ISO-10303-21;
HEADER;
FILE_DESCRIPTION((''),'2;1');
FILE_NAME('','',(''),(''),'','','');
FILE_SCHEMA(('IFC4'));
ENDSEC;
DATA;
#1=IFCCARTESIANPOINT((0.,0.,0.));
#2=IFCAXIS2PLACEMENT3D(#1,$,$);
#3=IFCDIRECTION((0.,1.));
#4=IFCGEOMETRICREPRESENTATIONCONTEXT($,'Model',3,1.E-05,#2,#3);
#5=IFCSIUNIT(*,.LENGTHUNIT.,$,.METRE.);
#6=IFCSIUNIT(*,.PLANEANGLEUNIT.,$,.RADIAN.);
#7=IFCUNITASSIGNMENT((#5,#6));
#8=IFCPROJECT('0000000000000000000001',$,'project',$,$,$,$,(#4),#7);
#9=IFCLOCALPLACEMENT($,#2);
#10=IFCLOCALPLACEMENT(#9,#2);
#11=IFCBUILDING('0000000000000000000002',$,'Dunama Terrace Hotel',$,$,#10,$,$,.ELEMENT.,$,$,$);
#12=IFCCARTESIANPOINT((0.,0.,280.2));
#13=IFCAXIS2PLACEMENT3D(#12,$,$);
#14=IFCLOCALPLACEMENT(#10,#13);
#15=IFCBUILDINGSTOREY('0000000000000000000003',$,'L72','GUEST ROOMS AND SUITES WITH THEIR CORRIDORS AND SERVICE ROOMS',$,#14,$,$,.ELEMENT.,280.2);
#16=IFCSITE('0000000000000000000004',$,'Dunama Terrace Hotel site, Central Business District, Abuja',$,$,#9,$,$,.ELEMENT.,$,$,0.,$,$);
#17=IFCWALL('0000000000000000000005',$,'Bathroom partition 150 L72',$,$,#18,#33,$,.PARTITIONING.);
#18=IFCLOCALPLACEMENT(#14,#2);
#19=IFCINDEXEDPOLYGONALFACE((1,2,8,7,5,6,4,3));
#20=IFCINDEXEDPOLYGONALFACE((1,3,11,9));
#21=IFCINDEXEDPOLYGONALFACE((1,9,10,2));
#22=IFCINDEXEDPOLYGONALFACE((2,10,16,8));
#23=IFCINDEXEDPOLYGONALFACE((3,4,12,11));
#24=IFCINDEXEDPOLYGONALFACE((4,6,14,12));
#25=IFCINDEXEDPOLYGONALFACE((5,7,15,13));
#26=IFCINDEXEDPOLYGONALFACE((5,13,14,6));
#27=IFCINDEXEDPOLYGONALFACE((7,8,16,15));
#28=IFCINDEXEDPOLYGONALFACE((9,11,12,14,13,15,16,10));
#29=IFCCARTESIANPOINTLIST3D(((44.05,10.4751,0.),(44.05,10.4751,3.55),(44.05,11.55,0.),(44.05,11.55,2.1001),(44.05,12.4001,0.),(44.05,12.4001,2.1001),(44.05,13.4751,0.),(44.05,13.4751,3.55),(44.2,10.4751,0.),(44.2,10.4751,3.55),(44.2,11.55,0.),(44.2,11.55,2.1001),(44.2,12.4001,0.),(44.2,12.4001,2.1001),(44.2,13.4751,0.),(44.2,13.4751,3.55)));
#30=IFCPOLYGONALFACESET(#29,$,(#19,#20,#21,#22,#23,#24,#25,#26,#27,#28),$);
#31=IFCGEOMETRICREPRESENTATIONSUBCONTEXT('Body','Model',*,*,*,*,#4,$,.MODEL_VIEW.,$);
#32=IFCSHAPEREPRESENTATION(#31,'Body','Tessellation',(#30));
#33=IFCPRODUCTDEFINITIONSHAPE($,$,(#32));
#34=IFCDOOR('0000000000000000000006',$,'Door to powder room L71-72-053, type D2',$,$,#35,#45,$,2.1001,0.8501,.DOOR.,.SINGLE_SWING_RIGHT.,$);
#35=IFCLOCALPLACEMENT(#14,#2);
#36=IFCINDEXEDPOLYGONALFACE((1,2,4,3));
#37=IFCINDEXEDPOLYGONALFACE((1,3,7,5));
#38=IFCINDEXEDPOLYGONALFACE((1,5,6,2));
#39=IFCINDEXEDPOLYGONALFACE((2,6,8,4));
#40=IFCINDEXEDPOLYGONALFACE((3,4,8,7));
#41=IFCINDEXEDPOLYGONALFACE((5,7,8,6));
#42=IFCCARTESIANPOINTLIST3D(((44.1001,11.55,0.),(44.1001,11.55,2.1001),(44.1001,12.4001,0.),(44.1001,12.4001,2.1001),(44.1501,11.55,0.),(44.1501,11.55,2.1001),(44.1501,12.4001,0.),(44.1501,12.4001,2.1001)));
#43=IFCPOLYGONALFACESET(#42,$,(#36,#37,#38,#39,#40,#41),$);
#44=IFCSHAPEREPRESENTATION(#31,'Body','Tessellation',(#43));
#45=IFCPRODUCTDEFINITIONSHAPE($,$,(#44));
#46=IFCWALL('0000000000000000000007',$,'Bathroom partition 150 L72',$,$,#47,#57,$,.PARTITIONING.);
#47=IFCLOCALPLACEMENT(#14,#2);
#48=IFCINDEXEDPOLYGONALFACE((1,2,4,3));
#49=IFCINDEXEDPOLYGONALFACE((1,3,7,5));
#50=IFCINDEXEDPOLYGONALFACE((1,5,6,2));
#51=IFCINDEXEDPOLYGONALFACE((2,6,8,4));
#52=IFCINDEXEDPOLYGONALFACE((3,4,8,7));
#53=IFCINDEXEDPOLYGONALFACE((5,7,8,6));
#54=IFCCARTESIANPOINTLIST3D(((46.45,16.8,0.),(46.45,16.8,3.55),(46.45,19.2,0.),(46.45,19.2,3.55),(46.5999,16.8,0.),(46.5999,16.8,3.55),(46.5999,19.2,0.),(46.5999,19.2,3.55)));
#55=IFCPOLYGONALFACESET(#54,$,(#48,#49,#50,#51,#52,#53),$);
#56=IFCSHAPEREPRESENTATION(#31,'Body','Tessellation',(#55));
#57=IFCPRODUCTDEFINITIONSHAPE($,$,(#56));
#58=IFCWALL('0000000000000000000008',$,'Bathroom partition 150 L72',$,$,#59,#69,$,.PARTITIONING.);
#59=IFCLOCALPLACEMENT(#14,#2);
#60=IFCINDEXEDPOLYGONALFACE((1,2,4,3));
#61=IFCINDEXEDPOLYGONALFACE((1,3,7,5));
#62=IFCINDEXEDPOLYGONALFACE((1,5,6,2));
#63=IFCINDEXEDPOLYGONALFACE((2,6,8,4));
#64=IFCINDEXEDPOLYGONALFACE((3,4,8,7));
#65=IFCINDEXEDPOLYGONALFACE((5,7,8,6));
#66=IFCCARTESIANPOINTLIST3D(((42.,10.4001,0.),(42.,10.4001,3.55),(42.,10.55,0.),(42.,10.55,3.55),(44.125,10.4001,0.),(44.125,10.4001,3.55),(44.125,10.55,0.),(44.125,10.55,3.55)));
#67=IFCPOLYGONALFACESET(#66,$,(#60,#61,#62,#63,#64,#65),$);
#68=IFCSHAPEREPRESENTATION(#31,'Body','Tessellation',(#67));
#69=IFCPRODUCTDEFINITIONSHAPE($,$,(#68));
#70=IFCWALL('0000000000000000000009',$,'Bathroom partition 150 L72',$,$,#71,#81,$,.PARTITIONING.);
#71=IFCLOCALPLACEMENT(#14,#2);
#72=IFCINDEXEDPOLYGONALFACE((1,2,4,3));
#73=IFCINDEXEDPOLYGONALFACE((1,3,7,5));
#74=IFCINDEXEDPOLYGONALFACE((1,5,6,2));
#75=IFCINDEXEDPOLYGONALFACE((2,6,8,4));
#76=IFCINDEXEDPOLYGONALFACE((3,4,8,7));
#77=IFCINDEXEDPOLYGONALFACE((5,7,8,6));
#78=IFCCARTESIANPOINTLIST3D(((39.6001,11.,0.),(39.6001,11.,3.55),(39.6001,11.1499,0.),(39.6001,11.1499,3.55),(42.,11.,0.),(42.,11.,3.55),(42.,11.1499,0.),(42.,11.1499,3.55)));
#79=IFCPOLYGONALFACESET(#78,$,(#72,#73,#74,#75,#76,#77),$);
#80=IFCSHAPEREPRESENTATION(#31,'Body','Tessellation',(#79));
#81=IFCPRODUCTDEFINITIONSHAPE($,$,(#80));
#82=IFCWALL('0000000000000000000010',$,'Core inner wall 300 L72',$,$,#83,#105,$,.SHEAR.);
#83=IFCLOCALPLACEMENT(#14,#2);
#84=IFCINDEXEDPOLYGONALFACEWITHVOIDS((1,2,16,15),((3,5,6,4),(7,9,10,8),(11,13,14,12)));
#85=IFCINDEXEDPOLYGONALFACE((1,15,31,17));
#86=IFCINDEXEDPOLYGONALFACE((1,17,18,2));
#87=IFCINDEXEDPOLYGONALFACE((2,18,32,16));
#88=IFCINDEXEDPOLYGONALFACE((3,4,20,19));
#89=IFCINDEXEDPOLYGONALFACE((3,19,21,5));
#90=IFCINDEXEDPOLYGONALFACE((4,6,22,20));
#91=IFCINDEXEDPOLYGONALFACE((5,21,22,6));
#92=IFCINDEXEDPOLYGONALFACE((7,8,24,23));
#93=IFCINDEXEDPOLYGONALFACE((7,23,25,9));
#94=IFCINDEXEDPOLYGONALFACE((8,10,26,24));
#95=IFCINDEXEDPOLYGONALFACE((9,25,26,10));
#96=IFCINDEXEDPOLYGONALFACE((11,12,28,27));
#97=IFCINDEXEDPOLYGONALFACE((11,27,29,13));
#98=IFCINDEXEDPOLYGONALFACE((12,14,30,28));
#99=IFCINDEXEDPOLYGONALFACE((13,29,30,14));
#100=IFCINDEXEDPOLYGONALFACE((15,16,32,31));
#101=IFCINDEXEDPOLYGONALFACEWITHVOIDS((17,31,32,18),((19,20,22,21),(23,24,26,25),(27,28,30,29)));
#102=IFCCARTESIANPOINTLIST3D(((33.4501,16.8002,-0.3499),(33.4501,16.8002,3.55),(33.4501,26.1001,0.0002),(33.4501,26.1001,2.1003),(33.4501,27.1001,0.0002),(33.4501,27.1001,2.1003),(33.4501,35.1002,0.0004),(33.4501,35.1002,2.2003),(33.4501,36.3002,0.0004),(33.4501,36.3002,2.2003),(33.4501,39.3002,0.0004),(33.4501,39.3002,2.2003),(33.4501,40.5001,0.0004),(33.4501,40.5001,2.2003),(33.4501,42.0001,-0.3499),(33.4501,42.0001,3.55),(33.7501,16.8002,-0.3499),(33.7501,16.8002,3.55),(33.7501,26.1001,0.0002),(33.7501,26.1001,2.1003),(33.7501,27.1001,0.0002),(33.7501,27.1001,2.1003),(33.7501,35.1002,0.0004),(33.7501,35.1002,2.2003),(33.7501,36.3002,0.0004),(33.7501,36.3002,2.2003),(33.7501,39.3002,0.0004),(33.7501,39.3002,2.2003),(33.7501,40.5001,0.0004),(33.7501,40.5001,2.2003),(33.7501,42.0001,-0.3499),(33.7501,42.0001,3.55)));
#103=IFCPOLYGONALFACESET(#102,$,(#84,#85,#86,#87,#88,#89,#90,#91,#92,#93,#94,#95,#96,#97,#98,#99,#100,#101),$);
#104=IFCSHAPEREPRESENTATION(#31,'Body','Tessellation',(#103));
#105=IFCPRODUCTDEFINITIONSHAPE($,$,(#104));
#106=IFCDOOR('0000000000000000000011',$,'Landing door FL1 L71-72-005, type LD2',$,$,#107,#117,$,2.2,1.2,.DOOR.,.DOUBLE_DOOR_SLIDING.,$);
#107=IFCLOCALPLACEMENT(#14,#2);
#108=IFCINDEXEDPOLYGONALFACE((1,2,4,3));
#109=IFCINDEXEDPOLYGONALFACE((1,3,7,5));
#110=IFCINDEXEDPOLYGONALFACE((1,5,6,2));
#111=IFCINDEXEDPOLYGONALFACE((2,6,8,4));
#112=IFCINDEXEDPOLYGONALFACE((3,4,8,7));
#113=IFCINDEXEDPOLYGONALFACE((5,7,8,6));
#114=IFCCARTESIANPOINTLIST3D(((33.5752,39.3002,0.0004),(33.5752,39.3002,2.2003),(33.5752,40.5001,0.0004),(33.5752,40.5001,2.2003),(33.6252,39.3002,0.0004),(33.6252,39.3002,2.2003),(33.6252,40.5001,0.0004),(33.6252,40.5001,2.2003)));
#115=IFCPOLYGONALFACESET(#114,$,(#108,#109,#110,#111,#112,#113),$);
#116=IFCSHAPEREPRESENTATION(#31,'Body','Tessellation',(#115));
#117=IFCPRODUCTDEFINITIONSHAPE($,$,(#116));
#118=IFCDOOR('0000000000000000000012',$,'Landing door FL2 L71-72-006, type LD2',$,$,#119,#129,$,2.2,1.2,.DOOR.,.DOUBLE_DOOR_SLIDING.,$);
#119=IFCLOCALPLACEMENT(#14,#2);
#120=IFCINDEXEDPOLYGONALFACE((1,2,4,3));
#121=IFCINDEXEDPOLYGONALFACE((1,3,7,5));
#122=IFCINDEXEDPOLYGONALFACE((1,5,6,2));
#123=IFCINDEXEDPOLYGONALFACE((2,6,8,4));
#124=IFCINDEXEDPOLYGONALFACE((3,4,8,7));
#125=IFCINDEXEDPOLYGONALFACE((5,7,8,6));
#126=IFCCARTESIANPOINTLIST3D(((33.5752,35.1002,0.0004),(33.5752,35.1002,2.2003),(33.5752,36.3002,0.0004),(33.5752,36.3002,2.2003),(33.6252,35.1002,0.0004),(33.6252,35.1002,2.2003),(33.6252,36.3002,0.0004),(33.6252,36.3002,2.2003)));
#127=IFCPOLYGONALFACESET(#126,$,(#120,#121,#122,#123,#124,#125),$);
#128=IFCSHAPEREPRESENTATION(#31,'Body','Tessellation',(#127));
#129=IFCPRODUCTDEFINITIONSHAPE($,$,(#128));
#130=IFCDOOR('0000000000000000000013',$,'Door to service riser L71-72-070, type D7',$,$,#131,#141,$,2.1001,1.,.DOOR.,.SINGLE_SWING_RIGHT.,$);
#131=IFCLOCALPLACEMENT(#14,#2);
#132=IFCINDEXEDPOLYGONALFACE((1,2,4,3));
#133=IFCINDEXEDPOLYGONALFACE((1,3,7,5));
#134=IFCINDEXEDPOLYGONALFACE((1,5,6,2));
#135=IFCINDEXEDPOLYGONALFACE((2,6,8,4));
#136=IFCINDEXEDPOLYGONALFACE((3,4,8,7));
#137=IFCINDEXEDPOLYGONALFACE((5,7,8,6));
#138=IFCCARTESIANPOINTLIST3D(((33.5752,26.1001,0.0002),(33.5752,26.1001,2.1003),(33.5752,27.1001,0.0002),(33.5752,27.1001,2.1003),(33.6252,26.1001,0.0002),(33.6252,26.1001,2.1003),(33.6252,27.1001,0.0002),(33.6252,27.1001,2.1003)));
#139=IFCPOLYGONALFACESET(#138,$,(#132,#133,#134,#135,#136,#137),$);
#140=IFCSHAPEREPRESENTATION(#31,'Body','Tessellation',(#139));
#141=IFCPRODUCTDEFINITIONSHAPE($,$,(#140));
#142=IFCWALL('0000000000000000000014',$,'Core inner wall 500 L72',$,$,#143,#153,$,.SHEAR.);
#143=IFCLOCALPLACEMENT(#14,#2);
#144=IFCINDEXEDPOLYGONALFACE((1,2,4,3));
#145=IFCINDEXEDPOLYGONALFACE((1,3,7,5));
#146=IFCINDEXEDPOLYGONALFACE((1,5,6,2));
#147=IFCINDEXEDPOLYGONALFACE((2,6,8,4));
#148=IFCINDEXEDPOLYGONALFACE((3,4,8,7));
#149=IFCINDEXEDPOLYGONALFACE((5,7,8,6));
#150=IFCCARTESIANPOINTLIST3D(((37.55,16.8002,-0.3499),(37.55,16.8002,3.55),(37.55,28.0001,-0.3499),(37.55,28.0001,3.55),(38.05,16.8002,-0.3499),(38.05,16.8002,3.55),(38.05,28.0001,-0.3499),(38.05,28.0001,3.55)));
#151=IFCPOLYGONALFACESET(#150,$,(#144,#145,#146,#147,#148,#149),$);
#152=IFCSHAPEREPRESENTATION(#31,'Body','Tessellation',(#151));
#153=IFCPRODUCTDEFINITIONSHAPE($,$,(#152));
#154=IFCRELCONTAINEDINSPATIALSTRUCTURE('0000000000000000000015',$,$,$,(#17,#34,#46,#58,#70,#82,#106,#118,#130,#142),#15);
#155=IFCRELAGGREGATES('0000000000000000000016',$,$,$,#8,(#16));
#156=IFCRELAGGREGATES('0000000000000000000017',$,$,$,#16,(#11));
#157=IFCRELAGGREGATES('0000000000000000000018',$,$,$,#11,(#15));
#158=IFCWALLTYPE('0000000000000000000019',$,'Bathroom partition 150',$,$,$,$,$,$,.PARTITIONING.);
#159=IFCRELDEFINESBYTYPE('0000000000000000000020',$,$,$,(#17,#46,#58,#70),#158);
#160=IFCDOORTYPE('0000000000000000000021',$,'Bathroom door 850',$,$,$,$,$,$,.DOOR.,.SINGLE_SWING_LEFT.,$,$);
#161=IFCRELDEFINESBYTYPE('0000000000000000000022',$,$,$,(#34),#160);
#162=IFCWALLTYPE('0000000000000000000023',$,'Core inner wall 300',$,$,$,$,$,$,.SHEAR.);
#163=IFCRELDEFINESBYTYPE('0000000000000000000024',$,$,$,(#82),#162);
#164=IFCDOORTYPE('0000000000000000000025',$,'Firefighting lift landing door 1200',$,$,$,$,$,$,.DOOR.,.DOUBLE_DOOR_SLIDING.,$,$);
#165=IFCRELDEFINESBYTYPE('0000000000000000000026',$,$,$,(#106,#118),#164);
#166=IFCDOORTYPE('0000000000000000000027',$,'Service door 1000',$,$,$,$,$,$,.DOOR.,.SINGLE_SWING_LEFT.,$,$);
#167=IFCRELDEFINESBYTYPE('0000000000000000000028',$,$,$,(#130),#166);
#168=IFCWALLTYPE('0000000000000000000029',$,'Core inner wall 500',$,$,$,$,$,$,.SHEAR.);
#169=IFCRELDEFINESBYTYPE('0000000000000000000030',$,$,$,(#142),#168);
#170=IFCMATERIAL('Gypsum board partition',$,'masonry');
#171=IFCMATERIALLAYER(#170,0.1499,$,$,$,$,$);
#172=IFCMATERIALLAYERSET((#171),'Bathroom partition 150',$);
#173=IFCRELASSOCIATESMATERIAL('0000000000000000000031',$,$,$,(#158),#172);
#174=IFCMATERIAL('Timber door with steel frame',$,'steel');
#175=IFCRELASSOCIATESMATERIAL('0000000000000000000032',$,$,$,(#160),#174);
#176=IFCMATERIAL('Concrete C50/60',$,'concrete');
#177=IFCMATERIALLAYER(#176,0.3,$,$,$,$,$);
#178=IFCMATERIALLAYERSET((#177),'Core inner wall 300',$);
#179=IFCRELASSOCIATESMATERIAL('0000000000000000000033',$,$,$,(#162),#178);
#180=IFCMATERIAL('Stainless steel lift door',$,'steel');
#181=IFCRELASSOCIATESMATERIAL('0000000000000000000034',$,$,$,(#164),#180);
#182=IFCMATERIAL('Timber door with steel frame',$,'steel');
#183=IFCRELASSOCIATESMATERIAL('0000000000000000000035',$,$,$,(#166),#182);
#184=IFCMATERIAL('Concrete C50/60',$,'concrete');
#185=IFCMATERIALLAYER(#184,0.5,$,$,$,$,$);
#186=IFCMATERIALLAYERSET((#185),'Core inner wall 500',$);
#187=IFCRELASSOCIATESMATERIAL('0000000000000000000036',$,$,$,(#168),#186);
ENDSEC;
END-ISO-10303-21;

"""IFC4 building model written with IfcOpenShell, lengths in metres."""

from ifc_helpers import new_model, si_unit, direction, frame, frame_2d, origin, place, context, subcontext, project, spatial, rectangle, extrude, material, layer, layer_set, type_object, element, fill, save


model = new_model("IFC4")

# Units and contexts
model_context = context("Model", 3, precision=1e-05, world=origin(), true_north=direction((0.0, 1.0)))
body_context = subcontext(model_context, "Body", "Model", "MODEL_VIEW")
ifc_project = project(units=[si_unit("LENGTHUNIT", "METRE"), si_unit("PLANEANGLEUNIT", "RADIAN")], contexts=[model_context])

# Site, building, storey
site_placement = place(None, origin())
site = spatial("IfcSite", under=ifc_project, at=site_placement, Name="Dunama Terrace Hotel site, Central Business District, Abuja", CompositionType="ELEMENT", RefElevation=0.0)
building_placement = place(site_placement, origin())
building = spatial("IfcBuilding", under=site, at=building_placement, Name="Dunama Terrace Hotel", CompositionType="ELEMENT")
storey_placement = place(building_placement, frame((0.0, 0.0, 280.2)))
storey = spatial("IfcBuildingStorey", under=building, at=storey_placement, Name="L72", Description="GUEST ROOMS AND SUITES WITH THEIR CORRIDORS AND SERVICE ROOMS", CompositionType="ELEMENT", Elevation=280.2)

# Wall, opening, door
ifc_material_1 = material(Name="Gypsum board partition", Category="masonry")
ifc_layer_1 = layer(ifc_material_1, 0.1499)
ifc_layer_set_1 = layer_set([ifc_layer_1], Name="Bathroom partition 150")
wall_type_1 = type_object("IfcWallType", Name="Bathroom partition 150", PredefinedType="PARTITIONING", material=ifc_layer_set_1)
wall_1_placement = place(storey_placement, frame((44.125, 10.4751, 0.0), z_axis=(0.0, 0.0, 1.0), x_axis=(0.0, 1.0, 0.0)))
wall_1 = element("IfcWall", 1, at=wall_1_placement, inside=storey, type_object=wall_type_1, Name="Bathroom partition 150 L72", PredefinedType="PARTITIONING", context=body_context, shape_type="SweptSolid", body=[
    extrude(rectangle(XDim=3.0, YDim=0.1499, at=frame_2d((1.5, 0.0))), origin(), (0.0, 0.0, 1.0), 3.55),
])
opening_1_placement = place(wall_1_placement, frame((1.075, 0.0, 0.0)))
opening_1 = element("IfcOpeningElement", 2, at=opening_1_placement, cuts=wall_1, PredefinedType="OPENING", context=body_context, shape_type="SweptSolid", body=[
    extrude(rectangle(XDim=0.8501, YDim=2.1001, at=frame_2d((0.425, 1.05))), frame((0.0, 0.085, 0.0), z_axis=(0.0, -1.0, 0.0), x_axis=(1.0, 0.0, 0.0)), (0.0, 0.0, 1.0), 0.1699),
])
ifc_material_2 = material(Name="Timber door with steel frame", Category="steel")
door_type_1 = type_object("IfcDoorType", Name="Bathroom door 850", OperationType="SINGLE_SWING_LEFT", PredefinedType="DOOR", material=ifc_material_2)
door_1_placement = place(opening_1_placement, origin())
door_1 = element("IfcDoor", 3, at=door_1_placement, inside=storey, type_object=door_type_1, Name="Door to powder room L71-72-053, type D2", OperationType="SINGLE_SWING_RIGHT", OverallHeight=2.1001, OverallWidth=0.8501, PredefinedType="DOOR", context=body_context, shape_type="SweptSolid", body=[
    extrude(rectangle(XDim=0.8501, YDim=2.1001, at=frame_2d((0.425, 1.05))), frame((0.0, 0.0249, 0.0), z_axis=(0.0, -1.0, 0.0), x_axis=(1.0, 0.0, 0.0)), (0.0, 0.0, 1.0), 0.05),
])
fill(opening_1, door_1)

# Walls
wall_2_placement = place(storey_placement, frame((46.5249, 16.8, 0.0), z_axis=(0.0, 0.0, 1.0), x_axis=(0.0, 1.0, 0.0)))
element("IfcWall", 4, at=wall_2_placement, inside=storey, type_object=wall_type_1, Name="Bathroom partition 150 L72", PredefinedType="PARTITIONING", context=body_context, shape_type="SweptSolid", body=[
    extrude(rectangle(XDim=2.3999, YDim=0.1499, at=frame_2d((1.2, 0.0))), origin(), (0.0, 0.0, 1.0), 3.55),
])
wall_3_placement = place(storey_placement, frame((42.0, 10.4751, 0.0), z_axis=(0.0, 0.0, 1.0), x_axis=(1.0, 0.0, 0.0)))
element("IfcWall", 5, at=wall_3_placement, inside=storey, type_object=wall_type_1, Name="Bathroom partition 150 L72", PredefinedType="PARTITIONING", context=body_context, shape_type="SweptSolid", body=[
    extrude(rectangle(XDim=2.125, YDim=0.1499, at=frame_2d((1.0625, 0.0))), origin(), (0.0, 0.0, 1.0), 3.55),
])
wall_4_placement = place(storey_placement, frame((39.6001, 11.075, 0.0), z_axis=(0.0, 0.0, 1.0), x_axis=(1.0, 0.0, 0.0)))
element("IfcWall", 6, at=wall_4_placement, inside=storey, type_object=wall_type_1, Name="Bathroom partition 150 L72", PredefinedType="PARTITIONING", context=body_context, shape_type="SweptSolid", body=[
    extrude(rectangle(XDim=2.3999, YDim=0.1499, at=frame_2d((1.2, 0.0))), origin(), (0.0, 0.0, 1.0), 3.55),
])

# Wall, openings, doors
ifc_material_3 = material(Name="Concrete C50/60", Category="concrete")
ifc_layer_2 = layer(ifc_material_3, 0.3)
ifc_layer_set_2 = layer_set([ifc_layer_2], Name="Core inner wall 300")
wall_type_2 = type_object("IfcWallType", Name="Core inner wall 300", PredefinedType="SHEAR", material=ifc_layer_set_2)
wall_5_placement = place(storey_placement, frame((33.6001, 16.8, -0.3499), z_axis=(0.0, 0.0, 1.0), x_axis=(0.0, 1.0, 0.0)))
wall_5 = element("IfcWall", 7, at=wall_5_placement, inside=storey, type_object=wall_type_2, Name="Core inner wall 300 L72", PredefinedType="SHEAR", context=body_context, shape_type="SweptSolid", body=[
    extrude(rectangle(XDim=25.2, YDim=0.3, at=frame_2d((12.6001, 0.0))), origin(), (0.0, 0.0, 1.0), 3.8999),
])
opening_2_placement = place(wall_5_placement, frame((22.5, 0.0, 0.3501)))
opening_2 = element("IfcOpeningElement", 8, at=opening_2_placement, cuts=wall_5, PredefinedType="OPENING", context=body_context, shape_type="SweptSolid", body=[
    extrude(rectangle(XDim=1.2, YDim=2.2, at=frame_2d((0.6001, 1.1001))), frame((0.0, 0.1599, 0.0), z_axis=(0.0, -1.0, 0.0), x_axis=(1.0, 0.0, 0.0)), (0.0, 0.0, 1.0), 0.3201),
])
opening_3_placement = place(wall_5_placement, frame((18.3, 0.0, 0.3501)))
opening_3 = element("IfcOpeningElement", 9, at=opening_3_placement, cuts=wall_5, PredefinedType="OPENING", context=body_context, shape_type="SweptSolid", body=[
    extrude(rectangle(XDim=1.2, YDim=2.2, at=frame_2d((0.6001, 1.1001))), frame((0.0, 0.1599, 0.0), z_axis=(0.0, -1.0, 0.0), x_axis=(1.0, 0.0, 0.0)), (0.0, 0.0, 1.0), 0.3201),
])
opening_4_placement = place(wall_5_placement, frame((9.3, 0.0, 0.3501)))
opening_4 = element("IfcOpeningElement", 10, at=opening_4_placement, cuts=wall_5, PredefinedType="OPENING", context=body_context, shape_type="SweptSolid", body=[
    extrude(rectangle(XDim=1.0, YDim=2.1001, at=frame_2d((0.5, 1.05))), frame((0.0, 0.1599, 0.0), z_axis=(0.0, -1.0, 0.0), x_axis=(1.0, 0.0, 0.0)), (0.0, 0.0, 1.0), 0.3201),
])
ifc_material_4 = material(Name="Stainless steel lift door", Category="steel")
door_type_2 = type_object("IfcDoorType", Name="Firefighting lift landing door 1200", OperationType="DOUBLE_DOOR_SLIDING", PredefinedType="DOOR", material=ifc_material_4)
door_2_placement = place(opening_2_placement, origin())
door_2 = element("IfcDoor", 11, at=door_2_placement, inside=storey, type_object=door_type_2, Name="Landing door FL1 L71-72-005, type LD2", OperationType="DOUBLE_DOOR_SLIDING", OverallHeight=2.2, OverallWidth=1.2, PredefinedType="DOOR", context=body_context, shape_type="SweptSolid", body=[
    extrude(rectangle(XDim=1.2, YDim=2.2, at=frame_2d((0.6001, 1.1001))), frame((0.0, 0.0249, 0.0), z_axis=(0.0, -1.0, 0.0), x_axis=(1.0, 0.0, 0.0)), (0.0, 0.0, 1.0), 0.05),
])
fill(opening_2, door_2)
door_3_placement = place(opening_3_placement, origin())
door_3 = element("IfcDoor", 12, at=door_3_placement, inside=storey, type_object=door_type_2, Name="Landing door FL2 L71-72-006, type LD2", OperationType="DOUBLE_DOOR_SLIDING", OverallHeight=2.2, OverallWidth=1.2, PredefinedType="DOOR", context=body_context, shape_type="SweptSolid", body=[
    extrude(rectangle(XDim=1.2, YDim=2.2, at=frame_2d((0.6001, 1.1001))), frame((0.0, 0.0249, 0.0), z_axis=(0.0, -1.0, 0.0), x_axis=(1.0, 0.0, 0.0)), (0.0, 0.0, 1.0), 0.05),
])
fill(opening_3, door_3)
ifc_material_5 = material(Name="Timber door with steel frame", Category="steel")
door_type_3 = type_object("IfcDoorType", Name="Service door 1000", OperationType="SINGLE_SWING_LEFT", PredefinedType="DOOR", material=ifc_material_5)
door_4_placement = place(opening_4_placement, frame((1.0, 0.0, 0.0), z_axis=(0.0, 0.0, 1.0), x_axis=(-1.0, 0.0, 0.0)))
door_4 = element("IfcDoor", 13, at=door_4_placement, inside=storey, type_object=door_type_3, Name="Door to service riser L71-72-070, type D7", OperationType="SINGLE_SWING_RIGHT", OverallHeight=2.1001, OverallWidth=1.0, PredefinedType="DOOR", context=body_context, shape_type="SweptSolid", body=[
    extrude(rectangle(XDim=1.0, YDim=2.1001, at=frame_2d((0.5, 1.05))), frame((0.0, 0.0251, 0.0), z_axis=(0.0, -1.0, 0.0), x_axis=(1.0, 0.0, 0.0)), (0.0, 0.0, 1.0), 0.05),
])
fill(opening_4, door_4)

# Wall
ifc_material_6 = material(Name="Concrete C50/60", Category="concrete")
ifc_layer_3 = layer(ifc_material_6, 0.5)
ifc_layer_set_3 = layer_set([ifc_layer_3], Name="Core inner wall 500")
wall_type_3 = type_object("IfcWallType", Name="Core inner wall 500", PredefinedType="SHEAR", material=ifc_layer_set_3)
wall_6_placement = place(storey_placement, frame((37.8, 16.8, -0.3499), z_axis=(0.0, 0.0, 1.0), x_axis=(0.0, 1.0, 0.0)))
element("IfcWall", 14, at=wall_6_placement, inside=storey, type_object=wall_type_3, Name="Core inner wall 500 L72", PredefinedType="SHEAR", context=body_context, shape_type="SweptSolid", body=[
    extrude(rectangle(XDim=11.2, YDim=0.5, at=frame_2d((5.6001, 0.0))), origin(), (0.0, 0.0, 1.0), 3.8999),
])

save(model, "model.ifc")
